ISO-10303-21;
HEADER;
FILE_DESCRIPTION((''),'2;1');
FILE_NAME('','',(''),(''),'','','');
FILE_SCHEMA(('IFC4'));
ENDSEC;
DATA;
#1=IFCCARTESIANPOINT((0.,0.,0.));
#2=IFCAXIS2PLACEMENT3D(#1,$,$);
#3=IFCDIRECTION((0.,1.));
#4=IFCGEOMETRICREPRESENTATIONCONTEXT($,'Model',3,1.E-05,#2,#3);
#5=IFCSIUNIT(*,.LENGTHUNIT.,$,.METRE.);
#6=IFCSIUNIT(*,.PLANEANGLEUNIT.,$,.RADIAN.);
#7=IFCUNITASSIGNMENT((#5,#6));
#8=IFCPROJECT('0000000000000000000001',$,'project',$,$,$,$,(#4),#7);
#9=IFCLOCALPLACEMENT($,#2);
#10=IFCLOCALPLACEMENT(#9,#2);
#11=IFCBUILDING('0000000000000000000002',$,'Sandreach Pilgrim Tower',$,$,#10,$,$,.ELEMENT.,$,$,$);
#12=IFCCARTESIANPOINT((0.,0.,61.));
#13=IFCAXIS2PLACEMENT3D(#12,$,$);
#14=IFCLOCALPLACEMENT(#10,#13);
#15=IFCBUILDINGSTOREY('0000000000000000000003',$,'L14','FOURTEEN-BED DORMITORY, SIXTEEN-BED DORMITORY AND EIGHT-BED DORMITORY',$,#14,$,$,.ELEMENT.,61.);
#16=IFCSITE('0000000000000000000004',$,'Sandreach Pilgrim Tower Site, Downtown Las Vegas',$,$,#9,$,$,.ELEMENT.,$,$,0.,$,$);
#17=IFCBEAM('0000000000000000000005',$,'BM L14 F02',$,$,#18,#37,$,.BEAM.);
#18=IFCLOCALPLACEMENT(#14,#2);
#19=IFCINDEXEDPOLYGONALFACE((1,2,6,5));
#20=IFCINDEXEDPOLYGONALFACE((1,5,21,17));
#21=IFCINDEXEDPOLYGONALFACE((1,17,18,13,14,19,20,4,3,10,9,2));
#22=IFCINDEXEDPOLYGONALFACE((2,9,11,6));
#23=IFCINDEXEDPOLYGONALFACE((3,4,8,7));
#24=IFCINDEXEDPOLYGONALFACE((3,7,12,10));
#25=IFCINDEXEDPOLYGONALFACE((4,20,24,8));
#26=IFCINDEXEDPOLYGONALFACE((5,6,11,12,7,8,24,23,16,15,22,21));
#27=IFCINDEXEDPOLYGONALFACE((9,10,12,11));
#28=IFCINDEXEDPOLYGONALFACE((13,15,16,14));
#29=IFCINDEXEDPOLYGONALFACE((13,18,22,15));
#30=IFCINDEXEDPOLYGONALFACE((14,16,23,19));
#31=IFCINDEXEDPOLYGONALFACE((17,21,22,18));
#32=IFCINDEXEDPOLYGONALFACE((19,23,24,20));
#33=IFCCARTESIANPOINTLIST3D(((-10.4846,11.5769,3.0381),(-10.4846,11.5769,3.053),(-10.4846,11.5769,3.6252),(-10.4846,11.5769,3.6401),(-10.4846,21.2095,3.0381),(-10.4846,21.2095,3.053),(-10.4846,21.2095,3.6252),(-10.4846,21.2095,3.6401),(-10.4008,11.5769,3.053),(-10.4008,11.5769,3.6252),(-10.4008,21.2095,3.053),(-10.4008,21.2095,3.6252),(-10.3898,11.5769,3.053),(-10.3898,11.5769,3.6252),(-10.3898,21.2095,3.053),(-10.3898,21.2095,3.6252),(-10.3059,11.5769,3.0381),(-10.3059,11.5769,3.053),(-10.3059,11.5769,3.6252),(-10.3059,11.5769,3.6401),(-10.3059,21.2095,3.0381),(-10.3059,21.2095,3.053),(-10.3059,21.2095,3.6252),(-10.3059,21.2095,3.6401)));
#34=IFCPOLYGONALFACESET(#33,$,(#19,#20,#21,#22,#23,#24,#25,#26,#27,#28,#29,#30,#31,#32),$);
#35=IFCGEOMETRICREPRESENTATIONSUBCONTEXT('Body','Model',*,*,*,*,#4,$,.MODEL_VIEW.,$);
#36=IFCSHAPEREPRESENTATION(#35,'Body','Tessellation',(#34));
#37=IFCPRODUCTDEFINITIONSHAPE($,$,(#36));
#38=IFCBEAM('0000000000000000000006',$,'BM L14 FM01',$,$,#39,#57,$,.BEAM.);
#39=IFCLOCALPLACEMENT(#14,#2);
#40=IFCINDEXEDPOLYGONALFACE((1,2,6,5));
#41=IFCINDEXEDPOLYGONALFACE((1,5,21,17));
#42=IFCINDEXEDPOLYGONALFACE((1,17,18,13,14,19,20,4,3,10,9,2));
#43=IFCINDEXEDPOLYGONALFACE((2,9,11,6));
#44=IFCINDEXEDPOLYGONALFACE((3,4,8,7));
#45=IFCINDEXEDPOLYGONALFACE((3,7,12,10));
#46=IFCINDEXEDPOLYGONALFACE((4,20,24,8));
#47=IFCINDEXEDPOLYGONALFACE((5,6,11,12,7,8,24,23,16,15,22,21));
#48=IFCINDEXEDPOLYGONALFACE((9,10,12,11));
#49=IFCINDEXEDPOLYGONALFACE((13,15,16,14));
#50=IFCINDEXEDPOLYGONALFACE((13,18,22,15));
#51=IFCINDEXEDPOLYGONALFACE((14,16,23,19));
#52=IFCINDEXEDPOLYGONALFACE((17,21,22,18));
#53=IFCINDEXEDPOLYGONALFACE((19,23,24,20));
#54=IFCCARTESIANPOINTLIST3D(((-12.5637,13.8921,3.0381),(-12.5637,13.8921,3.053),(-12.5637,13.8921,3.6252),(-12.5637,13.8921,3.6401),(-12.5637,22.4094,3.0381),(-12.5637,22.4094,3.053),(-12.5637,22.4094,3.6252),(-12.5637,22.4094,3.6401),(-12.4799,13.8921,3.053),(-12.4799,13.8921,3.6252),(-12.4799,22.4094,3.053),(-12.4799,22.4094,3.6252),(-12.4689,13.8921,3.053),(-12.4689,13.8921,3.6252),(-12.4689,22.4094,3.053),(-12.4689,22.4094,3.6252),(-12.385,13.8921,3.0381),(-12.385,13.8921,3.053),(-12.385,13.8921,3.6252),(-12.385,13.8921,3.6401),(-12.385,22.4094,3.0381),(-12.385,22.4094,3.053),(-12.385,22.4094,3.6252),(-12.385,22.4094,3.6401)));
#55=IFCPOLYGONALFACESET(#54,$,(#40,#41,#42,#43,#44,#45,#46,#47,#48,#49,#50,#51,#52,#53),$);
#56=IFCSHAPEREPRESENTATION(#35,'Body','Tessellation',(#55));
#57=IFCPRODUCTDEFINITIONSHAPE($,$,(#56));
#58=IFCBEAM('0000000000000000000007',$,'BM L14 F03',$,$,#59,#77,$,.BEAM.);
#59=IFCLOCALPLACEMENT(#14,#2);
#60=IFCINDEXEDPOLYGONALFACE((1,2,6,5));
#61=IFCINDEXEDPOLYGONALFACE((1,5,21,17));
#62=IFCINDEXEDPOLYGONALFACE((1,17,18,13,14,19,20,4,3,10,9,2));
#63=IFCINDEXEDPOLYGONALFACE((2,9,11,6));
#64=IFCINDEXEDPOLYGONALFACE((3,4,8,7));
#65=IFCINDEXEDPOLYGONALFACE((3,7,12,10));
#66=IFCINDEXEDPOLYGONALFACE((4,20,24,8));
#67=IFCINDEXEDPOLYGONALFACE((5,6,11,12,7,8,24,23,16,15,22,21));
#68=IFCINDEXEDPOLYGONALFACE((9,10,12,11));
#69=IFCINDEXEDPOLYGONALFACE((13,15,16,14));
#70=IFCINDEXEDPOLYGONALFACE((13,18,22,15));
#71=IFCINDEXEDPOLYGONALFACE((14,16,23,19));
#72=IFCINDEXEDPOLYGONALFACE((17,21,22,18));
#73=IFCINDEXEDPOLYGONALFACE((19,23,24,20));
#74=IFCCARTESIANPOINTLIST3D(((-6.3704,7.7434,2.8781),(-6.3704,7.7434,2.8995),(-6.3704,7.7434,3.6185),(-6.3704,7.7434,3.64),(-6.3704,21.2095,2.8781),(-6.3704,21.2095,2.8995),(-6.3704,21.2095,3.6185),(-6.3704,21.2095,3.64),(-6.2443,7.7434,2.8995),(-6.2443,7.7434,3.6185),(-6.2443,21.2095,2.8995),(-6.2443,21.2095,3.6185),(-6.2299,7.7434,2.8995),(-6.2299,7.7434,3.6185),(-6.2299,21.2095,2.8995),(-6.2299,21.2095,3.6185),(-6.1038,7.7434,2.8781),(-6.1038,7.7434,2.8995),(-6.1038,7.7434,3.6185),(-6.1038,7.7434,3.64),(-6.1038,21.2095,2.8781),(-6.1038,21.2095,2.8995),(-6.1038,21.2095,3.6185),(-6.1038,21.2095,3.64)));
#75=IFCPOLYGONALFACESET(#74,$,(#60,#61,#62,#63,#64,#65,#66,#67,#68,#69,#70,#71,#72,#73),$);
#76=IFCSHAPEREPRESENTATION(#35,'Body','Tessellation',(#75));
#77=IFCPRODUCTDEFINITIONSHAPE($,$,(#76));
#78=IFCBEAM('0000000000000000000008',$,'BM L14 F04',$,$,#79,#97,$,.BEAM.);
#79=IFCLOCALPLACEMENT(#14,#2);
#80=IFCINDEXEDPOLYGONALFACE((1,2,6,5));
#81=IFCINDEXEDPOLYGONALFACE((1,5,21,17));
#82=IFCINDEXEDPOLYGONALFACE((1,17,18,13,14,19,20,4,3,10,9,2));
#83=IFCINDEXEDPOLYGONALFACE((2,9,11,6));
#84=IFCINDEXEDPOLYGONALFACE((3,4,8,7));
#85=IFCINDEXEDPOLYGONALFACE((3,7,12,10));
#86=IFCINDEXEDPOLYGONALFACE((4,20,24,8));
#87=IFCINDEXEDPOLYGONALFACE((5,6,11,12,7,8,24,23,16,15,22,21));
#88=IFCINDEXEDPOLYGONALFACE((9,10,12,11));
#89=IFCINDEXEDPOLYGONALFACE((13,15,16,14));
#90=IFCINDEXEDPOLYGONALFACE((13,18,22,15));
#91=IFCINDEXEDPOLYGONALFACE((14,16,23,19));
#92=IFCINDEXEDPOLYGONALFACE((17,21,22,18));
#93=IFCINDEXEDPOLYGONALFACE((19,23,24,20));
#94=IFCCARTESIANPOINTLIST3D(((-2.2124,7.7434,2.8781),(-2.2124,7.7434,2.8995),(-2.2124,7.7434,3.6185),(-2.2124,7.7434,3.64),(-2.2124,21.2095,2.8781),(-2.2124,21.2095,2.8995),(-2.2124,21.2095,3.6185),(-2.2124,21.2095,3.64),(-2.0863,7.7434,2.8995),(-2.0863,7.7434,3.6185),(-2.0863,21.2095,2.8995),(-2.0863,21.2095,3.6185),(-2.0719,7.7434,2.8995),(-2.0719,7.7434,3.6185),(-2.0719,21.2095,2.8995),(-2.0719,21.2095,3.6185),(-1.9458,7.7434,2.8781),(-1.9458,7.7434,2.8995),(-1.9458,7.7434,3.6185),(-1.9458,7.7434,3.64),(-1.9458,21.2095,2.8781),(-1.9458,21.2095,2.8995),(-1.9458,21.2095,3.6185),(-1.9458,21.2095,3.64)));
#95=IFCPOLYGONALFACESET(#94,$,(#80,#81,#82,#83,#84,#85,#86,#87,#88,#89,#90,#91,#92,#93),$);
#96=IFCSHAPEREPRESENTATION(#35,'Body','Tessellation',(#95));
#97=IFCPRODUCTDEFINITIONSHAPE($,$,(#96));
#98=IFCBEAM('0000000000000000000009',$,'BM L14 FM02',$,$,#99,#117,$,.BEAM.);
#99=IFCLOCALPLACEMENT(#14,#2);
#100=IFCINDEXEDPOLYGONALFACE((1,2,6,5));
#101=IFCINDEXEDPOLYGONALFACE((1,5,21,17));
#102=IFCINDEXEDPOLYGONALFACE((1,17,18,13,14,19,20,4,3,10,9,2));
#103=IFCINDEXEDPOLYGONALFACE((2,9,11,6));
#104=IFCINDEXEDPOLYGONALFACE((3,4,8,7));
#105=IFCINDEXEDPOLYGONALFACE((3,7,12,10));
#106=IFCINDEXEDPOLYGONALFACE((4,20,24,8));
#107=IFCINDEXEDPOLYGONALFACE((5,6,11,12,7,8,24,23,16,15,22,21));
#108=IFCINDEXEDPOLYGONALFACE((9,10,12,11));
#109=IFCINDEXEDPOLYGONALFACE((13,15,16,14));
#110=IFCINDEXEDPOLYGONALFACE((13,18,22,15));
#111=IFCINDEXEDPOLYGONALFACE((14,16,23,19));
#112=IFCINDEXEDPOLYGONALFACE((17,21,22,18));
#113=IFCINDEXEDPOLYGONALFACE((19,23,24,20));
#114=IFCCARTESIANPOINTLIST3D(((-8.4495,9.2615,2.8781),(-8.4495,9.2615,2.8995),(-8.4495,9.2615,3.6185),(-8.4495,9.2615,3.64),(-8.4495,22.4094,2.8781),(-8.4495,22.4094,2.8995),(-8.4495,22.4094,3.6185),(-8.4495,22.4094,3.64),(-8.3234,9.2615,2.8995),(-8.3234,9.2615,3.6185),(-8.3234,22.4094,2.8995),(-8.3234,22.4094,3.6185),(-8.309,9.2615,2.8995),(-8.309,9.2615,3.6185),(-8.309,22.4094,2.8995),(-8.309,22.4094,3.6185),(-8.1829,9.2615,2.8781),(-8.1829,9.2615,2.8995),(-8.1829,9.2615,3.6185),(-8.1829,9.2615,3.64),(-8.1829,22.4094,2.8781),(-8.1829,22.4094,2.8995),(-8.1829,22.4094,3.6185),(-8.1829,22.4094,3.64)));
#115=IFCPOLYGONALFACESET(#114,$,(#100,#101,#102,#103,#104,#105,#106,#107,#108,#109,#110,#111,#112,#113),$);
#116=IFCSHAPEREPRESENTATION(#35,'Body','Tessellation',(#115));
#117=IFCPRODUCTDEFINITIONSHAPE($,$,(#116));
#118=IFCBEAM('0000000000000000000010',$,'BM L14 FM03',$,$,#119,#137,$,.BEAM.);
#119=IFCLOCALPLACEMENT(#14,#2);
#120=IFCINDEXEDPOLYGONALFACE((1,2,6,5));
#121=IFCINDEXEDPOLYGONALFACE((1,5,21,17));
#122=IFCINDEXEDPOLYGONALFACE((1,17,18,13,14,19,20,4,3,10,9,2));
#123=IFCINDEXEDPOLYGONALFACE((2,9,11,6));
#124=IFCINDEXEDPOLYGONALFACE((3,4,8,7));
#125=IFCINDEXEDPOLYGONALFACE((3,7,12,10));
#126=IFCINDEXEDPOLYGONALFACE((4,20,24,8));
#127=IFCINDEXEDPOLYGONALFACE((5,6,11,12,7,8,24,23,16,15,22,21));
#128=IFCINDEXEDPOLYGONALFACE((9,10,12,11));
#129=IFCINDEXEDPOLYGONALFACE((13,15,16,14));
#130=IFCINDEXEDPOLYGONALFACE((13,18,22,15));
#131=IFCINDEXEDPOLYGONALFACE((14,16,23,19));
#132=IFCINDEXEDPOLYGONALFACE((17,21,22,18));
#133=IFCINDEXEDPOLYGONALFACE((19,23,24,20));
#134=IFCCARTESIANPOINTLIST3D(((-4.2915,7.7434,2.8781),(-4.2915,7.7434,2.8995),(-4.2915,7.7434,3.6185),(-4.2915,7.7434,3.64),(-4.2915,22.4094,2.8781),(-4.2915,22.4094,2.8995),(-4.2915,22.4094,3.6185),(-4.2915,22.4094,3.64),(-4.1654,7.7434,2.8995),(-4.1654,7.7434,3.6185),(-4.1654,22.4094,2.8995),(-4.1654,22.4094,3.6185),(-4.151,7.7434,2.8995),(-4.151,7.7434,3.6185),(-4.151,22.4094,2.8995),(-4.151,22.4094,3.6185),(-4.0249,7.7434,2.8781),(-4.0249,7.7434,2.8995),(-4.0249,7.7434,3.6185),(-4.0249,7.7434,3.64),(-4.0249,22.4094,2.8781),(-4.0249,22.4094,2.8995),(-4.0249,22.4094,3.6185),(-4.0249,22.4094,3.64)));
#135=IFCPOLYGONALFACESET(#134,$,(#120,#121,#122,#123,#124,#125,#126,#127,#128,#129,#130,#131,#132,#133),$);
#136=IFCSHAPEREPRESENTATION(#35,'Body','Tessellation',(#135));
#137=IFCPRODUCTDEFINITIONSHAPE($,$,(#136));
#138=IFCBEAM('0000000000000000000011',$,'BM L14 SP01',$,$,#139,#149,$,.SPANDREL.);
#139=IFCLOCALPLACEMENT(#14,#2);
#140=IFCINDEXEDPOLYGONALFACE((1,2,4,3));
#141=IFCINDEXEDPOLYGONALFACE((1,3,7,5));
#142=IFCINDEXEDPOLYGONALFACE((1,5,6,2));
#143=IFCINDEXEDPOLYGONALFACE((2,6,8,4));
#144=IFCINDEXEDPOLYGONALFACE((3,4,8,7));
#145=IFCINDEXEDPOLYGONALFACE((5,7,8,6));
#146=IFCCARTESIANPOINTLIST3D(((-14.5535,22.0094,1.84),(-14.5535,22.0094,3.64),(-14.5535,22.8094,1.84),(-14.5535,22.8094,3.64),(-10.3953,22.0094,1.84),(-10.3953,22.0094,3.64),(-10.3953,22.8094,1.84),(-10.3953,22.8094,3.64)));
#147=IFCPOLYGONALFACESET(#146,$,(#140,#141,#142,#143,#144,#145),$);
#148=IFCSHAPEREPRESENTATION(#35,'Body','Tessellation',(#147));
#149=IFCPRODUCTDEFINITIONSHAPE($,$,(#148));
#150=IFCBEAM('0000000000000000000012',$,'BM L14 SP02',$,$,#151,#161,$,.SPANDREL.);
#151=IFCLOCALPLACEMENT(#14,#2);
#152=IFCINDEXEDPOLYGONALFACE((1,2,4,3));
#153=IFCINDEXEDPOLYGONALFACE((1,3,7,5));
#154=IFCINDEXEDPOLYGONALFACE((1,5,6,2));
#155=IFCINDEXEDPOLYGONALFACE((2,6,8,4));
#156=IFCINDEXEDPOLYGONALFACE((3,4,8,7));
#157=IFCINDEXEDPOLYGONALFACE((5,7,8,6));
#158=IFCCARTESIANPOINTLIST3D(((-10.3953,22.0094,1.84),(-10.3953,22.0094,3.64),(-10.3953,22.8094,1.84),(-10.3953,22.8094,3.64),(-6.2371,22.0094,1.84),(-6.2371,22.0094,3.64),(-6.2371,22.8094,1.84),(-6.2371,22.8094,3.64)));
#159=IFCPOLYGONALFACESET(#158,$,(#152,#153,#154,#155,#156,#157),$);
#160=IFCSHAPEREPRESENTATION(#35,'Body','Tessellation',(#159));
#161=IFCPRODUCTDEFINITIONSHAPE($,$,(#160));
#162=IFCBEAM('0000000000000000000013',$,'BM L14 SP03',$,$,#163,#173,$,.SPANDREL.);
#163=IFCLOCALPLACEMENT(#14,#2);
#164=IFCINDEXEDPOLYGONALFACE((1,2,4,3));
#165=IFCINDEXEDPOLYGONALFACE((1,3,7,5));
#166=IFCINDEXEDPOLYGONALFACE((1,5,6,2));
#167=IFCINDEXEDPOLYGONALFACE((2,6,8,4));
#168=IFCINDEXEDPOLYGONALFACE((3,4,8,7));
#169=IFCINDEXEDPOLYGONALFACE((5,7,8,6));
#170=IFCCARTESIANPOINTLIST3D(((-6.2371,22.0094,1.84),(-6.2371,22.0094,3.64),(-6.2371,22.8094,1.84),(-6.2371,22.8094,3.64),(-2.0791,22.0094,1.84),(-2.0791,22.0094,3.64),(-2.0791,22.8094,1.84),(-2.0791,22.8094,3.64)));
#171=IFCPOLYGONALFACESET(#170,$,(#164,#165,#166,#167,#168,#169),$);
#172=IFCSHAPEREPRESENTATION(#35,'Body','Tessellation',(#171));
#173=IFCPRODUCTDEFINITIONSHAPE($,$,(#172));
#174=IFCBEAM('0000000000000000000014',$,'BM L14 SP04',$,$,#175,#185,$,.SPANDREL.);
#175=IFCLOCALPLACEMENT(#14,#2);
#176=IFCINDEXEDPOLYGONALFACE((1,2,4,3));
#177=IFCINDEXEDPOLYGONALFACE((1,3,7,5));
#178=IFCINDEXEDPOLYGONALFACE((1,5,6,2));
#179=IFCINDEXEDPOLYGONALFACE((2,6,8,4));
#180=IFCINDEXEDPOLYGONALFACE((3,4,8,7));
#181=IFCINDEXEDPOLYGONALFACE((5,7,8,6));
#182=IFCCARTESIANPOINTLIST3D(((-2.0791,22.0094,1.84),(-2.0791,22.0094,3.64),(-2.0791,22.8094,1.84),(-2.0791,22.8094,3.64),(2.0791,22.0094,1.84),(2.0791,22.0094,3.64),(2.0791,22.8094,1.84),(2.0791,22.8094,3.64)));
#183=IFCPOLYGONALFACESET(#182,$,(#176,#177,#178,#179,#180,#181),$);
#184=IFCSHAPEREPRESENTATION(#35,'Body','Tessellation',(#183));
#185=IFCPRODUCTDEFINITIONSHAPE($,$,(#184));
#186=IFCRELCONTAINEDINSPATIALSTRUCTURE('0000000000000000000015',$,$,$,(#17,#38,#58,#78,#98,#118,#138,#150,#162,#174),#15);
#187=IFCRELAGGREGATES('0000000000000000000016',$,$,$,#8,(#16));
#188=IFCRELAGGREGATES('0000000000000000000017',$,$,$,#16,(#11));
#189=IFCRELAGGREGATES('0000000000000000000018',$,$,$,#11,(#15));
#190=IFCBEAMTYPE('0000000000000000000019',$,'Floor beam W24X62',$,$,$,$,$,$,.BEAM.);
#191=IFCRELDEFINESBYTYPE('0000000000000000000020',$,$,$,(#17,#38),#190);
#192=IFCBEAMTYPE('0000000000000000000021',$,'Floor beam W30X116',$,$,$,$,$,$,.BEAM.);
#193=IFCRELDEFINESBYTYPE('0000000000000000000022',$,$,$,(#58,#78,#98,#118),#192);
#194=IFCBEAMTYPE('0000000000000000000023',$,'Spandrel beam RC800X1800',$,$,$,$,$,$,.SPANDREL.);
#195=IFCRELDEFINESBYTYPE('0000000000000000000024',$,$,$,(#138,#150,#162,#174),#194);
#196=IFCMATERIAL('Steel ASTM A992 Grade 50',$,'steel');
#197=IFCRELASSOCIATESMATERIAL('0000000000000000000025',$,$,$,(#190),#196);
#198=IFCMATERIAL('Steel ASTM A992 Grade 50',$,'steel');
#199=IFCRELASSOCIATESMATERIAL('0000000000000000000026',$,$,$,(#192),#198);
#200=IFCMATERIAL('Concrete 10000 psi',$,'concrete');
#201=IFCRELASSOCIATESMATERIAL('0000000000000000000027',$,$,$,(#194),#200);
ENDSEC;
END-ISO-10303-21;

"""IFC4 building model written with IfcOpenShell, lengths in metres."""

from ifc_helpers import new_model, si_unit, direction, frame, origin, origin_2d, place, context, subcontext, project, spatial, rectangle, i_section, extrude, material, material_profile, profile_set, type_object, element, save


model = new_model("IFC4")

# Units and contexts
model_context = context("Model", 3, precision=1e-05, world=origin(), true_north=direction((0.0, 1.0)))
body_context = subcontext(model_context, "Body", "Model", "MODEL_VIEW")
ifc_project = project(units=[si_unit("LENGTHUNIT", "METRE"), si_unit("PLANEANGLEUNIT", "RADIAN")], contexts=[model_context])

# Site, building, storey
site_placement = place(None, origin())
site = spatial("IfcSite", under=ifc_project, at=site_placement, Name="Sandreach Pilgrim Tower Site, Downtown Las Vegas", CompositionType="ELEMENT", RefElevation=0.0)
building_placement = place(site_placement, origin())
building = spatial("IfcBuilding", under=site, at=building_placement, Name="Sandreach Pilgrim Tower", CompositionType="ELEMENT")
storey_placement = place(building_placement, frame((0.0, 0.0, 61.0)))
storey = spatial("IfcBuildingStorey", under=building, at=storey_placement, Name="L14", Description="FOURTEEN-BED DORMITORY, SIXTEEN-BED DORMITORY AND EIGHT-BED DORMITORY", CompositionType="ELEMENT", Elevation=61.0)

# Beams
ifc_material_1 = material(Name="Steel ASTM A992 Grade 50", Category="steel")
ifc_material_profile_1 = material_profile(ifc_material_1, i_section(OverallWidth=0.1787, OverallDepth=0.6021, WebThickness=0.011, FlangeThickness=0.0149, at=origin_2d()), Name="W24X62")
ifc_profile_set_1 = profile_set([ifc_material_profile_1], Name="Steel ASTM A992 Grade 50")
beam_type_1 = type_object("IfcBeamType", Name="Floor beam W24X62", PredefinedType="BEAM", material=ifc_profile_set_1)
beam_1_placement = place(storey_placement, frame((-10.3953, 21.2095, 3.3391), z_axis=(0.0, -1.0, 0.0), x_axis=(1.0, 0.0, 0.0)))
element("IfcBeam", 1, at=beam_1_placement, inside=storey, type_object=beam_type_1, Name="BM L14 F02", PredefinedType="BEAM", context=body_context, shape_type="SweptSolid", body=[
    extrude(i_section(OverallWidth=0.1787, OverallDepth=0.6021, WebThickness=0.011, FlangeThickness=0.0149, at=origin_2d()), origin(), (0.0, 0.0, 1.0), 9.6326),
])
beam_2_placement = place(storey_placement, frame((-12.4744, 22.4094, 3.3391), z_axis=(0.0, -1.0, 0.0), x_axis=(1.0, 0.0, 0.0)))
element("IfcBeam", 2, at=beam_2_placement, inside=storey, type_object=beam_type_1, Name="BM L14 FM01", PredefinedType="BEAM", context=body_context, shape_type="SweptSolid", body=[
    extrude(i_section(OverallWidth=0.1787, OverallDepth=0.6021, WebThickness=0.011, FlangeThickness=0.0149, at=origin_2d()), origin(), (0.0, 0.0, 1.0), 8.5173),
])
ifc_material_2 = material(Name="Steel ASTM A992 Grade 50", Category="steel")
ifc_material_profile_2 = material_profile(ifc_material_2, i_section(OverallWidth=0.2666, OverallDepth=0.762, WebThickness=0.0144, FlangeThickness=0.0215, at=origin_2d()), Name="W30X116")
ifc_profile_set_2 = profile_set([ifc_material_profile_2], Name="Steel ASTM A992 Grade 50")
beam_type_2 = type_object("IfcBeamType", Name="Floor beam W30X116", PredefinedType="BEAM", material=ifc_profile_set_2)
for number, where, z_axis, x_axis, name in (
    (3, (-6.2371, 21.2095, 3.259), (0.0, -1.0, 0.0), (1.0, 0.0, 0.0), "BM L14 F03"),
    (4, (-2.0791, 21.2095, 3.259), (0.0, -1.0, 0.0), (1.0, 0.0, 0.0), "BM L14 F04"),
):
    element("IfcBeam", number, at=place(storey_placement, frame(where, z_axis=z_axis, x_axis=x_axis)), inside=storey, type_object=beam_type_2, Name=name, PredefinedType="BEAM", context=body_context, shape_type="SweptSolid", body=[
        extrude(i_section(OverallWidth=0.2666, OverallDepth=0.762, WebThickness=0.0144, FlangeThickness=0.0215, at=origin_2d()), origin(), (0.0, 0.0, 1.0), 13.4661),
    ])
beam_3_placement = place(storey_placement, frame((-8.3162, 22.4094, 3.259), z_axis=(0.0, -1.0, 0.0), x_axis=(1.0, 0.0, 0.0)))
element("IfcBeam", 5, at=beam_3_placement, inside=storey, type_object=beam_type_2, Name="BM L14 FM02", PredefinedType="BEAM", context=body_context, shape_type="SweptSolid", body=[
    extrude(i_section(OverallWidth=0.2666, OverallDepth=0.762, WebThickness=0.0144, FlangeThickness=0.0215, at=origin_2d()), origin(), (0.0, 0.0, 1.0), 13.1479),
])
beam_4_placement = place(storey_placement, frame((-4.1582, 22.4094, 3.259), z_axis=(0.0, -1.0, 0.0), x_axis=(1.0, 0.0, 0.0)))
element("IfcBeam", 6, at=beam_4_placement, inside=storey, type_object=beam_type_2, Name="BM L14 FM03", PredefinedType="BEAM", context=body_context, shape_type="SweptSolid", body=[
    extrude(i_section(OverallWidth=0.2666, OverallDepth=0.762, WebThickness=0.0144, FlangeThickness=0.0215, at=origin_2d()), origin(), (0.0, 0.0, 1.0), 14.666),
])
ifc_material_3 = material(Name="Concrete 10000 psi", Category="concrete")
ifc_material_profile_3 = material_profile(ifc_material_3, rectangle(XDim=0.8, YDim=1.8, at=origin_2d()), Name="RC800X1800")
ifc_profile_set_3 = profile_set([ifc_material_profile_3], Name="Concrete 10000 psi")
beam_type_3 = type_object("IfcBeamType", Name="Spandrel beam RC800X1800", PredefinedType="SPANDREL", material=ifc_profile_set_3)
for number, where, z_axis, x_axis, name in (
    (7, (-14.5535, 22.4094, 2.74), (1.0, 0.0, 0.0), (0.0, 1.0, 0.0), "BM L14 SP01"),
    (8, (-10.3953, 22.4094, 2.74), (1.0, 0.0, 0.0), (0.0, 1.0, 0.0), "BM L14 SP02"),
):
    element("IfcBeam", number, at=place(storey_placement, frame(where, z_axis=z_axis, x_axis=x_axis)), inside=storey, type_object=beam_type_3, Name=name, PredefinedType="SPANDREL", context=body_context, shape_type="SweptSolid", body=[
        extrude(rectangle(XDim=0.8, YDim=1.8, at=origin_2d()), origin(), (0.0, 0.0, 1.0), 4.1582),
    ])
beam_5_placement = place(storey_placement, frame((-6.2371, 22.4094, 2.74), z_axis=(1.0, 0.0, 0.0), x_axis=(0.0, 1.0, 0.0)))
element("IfcBeam", 9, at=beam_5_placement, inside=storey, type_object=beam_type_3, Name="BM L14 SP03", PredefinedType="SPANDREL", context=body_context, shape_type="SweptSolid", body=[
    extrude(rectangle(XDim=0.8, YDim=1.8, at=origin_2d()), origin(), (0.0, 0.0, 1.0), 4.158),
])
beam_6_placement = place(storey_placement, frame((-2.0791, 22.4094, 2.74), z_axis=(1.0, 0.0, 0.0), x_axis=(0.0, 1.0, 0.0)))
element("IfcBeam", 10, at=beam_6_placement, inside=storey, type_object=beam_type_3, Name="BM L14 SP04", PredefinedType="SPANDREL", context=body_context, shape_type="SweptSolid", body=[
    extrude(rectangle(XDim=0.8, YDim=1.8, at=origin_2d()), origin(), (0.0, 0.0, 1.0), 4.1582),
])

save(model, "model.ifc")
